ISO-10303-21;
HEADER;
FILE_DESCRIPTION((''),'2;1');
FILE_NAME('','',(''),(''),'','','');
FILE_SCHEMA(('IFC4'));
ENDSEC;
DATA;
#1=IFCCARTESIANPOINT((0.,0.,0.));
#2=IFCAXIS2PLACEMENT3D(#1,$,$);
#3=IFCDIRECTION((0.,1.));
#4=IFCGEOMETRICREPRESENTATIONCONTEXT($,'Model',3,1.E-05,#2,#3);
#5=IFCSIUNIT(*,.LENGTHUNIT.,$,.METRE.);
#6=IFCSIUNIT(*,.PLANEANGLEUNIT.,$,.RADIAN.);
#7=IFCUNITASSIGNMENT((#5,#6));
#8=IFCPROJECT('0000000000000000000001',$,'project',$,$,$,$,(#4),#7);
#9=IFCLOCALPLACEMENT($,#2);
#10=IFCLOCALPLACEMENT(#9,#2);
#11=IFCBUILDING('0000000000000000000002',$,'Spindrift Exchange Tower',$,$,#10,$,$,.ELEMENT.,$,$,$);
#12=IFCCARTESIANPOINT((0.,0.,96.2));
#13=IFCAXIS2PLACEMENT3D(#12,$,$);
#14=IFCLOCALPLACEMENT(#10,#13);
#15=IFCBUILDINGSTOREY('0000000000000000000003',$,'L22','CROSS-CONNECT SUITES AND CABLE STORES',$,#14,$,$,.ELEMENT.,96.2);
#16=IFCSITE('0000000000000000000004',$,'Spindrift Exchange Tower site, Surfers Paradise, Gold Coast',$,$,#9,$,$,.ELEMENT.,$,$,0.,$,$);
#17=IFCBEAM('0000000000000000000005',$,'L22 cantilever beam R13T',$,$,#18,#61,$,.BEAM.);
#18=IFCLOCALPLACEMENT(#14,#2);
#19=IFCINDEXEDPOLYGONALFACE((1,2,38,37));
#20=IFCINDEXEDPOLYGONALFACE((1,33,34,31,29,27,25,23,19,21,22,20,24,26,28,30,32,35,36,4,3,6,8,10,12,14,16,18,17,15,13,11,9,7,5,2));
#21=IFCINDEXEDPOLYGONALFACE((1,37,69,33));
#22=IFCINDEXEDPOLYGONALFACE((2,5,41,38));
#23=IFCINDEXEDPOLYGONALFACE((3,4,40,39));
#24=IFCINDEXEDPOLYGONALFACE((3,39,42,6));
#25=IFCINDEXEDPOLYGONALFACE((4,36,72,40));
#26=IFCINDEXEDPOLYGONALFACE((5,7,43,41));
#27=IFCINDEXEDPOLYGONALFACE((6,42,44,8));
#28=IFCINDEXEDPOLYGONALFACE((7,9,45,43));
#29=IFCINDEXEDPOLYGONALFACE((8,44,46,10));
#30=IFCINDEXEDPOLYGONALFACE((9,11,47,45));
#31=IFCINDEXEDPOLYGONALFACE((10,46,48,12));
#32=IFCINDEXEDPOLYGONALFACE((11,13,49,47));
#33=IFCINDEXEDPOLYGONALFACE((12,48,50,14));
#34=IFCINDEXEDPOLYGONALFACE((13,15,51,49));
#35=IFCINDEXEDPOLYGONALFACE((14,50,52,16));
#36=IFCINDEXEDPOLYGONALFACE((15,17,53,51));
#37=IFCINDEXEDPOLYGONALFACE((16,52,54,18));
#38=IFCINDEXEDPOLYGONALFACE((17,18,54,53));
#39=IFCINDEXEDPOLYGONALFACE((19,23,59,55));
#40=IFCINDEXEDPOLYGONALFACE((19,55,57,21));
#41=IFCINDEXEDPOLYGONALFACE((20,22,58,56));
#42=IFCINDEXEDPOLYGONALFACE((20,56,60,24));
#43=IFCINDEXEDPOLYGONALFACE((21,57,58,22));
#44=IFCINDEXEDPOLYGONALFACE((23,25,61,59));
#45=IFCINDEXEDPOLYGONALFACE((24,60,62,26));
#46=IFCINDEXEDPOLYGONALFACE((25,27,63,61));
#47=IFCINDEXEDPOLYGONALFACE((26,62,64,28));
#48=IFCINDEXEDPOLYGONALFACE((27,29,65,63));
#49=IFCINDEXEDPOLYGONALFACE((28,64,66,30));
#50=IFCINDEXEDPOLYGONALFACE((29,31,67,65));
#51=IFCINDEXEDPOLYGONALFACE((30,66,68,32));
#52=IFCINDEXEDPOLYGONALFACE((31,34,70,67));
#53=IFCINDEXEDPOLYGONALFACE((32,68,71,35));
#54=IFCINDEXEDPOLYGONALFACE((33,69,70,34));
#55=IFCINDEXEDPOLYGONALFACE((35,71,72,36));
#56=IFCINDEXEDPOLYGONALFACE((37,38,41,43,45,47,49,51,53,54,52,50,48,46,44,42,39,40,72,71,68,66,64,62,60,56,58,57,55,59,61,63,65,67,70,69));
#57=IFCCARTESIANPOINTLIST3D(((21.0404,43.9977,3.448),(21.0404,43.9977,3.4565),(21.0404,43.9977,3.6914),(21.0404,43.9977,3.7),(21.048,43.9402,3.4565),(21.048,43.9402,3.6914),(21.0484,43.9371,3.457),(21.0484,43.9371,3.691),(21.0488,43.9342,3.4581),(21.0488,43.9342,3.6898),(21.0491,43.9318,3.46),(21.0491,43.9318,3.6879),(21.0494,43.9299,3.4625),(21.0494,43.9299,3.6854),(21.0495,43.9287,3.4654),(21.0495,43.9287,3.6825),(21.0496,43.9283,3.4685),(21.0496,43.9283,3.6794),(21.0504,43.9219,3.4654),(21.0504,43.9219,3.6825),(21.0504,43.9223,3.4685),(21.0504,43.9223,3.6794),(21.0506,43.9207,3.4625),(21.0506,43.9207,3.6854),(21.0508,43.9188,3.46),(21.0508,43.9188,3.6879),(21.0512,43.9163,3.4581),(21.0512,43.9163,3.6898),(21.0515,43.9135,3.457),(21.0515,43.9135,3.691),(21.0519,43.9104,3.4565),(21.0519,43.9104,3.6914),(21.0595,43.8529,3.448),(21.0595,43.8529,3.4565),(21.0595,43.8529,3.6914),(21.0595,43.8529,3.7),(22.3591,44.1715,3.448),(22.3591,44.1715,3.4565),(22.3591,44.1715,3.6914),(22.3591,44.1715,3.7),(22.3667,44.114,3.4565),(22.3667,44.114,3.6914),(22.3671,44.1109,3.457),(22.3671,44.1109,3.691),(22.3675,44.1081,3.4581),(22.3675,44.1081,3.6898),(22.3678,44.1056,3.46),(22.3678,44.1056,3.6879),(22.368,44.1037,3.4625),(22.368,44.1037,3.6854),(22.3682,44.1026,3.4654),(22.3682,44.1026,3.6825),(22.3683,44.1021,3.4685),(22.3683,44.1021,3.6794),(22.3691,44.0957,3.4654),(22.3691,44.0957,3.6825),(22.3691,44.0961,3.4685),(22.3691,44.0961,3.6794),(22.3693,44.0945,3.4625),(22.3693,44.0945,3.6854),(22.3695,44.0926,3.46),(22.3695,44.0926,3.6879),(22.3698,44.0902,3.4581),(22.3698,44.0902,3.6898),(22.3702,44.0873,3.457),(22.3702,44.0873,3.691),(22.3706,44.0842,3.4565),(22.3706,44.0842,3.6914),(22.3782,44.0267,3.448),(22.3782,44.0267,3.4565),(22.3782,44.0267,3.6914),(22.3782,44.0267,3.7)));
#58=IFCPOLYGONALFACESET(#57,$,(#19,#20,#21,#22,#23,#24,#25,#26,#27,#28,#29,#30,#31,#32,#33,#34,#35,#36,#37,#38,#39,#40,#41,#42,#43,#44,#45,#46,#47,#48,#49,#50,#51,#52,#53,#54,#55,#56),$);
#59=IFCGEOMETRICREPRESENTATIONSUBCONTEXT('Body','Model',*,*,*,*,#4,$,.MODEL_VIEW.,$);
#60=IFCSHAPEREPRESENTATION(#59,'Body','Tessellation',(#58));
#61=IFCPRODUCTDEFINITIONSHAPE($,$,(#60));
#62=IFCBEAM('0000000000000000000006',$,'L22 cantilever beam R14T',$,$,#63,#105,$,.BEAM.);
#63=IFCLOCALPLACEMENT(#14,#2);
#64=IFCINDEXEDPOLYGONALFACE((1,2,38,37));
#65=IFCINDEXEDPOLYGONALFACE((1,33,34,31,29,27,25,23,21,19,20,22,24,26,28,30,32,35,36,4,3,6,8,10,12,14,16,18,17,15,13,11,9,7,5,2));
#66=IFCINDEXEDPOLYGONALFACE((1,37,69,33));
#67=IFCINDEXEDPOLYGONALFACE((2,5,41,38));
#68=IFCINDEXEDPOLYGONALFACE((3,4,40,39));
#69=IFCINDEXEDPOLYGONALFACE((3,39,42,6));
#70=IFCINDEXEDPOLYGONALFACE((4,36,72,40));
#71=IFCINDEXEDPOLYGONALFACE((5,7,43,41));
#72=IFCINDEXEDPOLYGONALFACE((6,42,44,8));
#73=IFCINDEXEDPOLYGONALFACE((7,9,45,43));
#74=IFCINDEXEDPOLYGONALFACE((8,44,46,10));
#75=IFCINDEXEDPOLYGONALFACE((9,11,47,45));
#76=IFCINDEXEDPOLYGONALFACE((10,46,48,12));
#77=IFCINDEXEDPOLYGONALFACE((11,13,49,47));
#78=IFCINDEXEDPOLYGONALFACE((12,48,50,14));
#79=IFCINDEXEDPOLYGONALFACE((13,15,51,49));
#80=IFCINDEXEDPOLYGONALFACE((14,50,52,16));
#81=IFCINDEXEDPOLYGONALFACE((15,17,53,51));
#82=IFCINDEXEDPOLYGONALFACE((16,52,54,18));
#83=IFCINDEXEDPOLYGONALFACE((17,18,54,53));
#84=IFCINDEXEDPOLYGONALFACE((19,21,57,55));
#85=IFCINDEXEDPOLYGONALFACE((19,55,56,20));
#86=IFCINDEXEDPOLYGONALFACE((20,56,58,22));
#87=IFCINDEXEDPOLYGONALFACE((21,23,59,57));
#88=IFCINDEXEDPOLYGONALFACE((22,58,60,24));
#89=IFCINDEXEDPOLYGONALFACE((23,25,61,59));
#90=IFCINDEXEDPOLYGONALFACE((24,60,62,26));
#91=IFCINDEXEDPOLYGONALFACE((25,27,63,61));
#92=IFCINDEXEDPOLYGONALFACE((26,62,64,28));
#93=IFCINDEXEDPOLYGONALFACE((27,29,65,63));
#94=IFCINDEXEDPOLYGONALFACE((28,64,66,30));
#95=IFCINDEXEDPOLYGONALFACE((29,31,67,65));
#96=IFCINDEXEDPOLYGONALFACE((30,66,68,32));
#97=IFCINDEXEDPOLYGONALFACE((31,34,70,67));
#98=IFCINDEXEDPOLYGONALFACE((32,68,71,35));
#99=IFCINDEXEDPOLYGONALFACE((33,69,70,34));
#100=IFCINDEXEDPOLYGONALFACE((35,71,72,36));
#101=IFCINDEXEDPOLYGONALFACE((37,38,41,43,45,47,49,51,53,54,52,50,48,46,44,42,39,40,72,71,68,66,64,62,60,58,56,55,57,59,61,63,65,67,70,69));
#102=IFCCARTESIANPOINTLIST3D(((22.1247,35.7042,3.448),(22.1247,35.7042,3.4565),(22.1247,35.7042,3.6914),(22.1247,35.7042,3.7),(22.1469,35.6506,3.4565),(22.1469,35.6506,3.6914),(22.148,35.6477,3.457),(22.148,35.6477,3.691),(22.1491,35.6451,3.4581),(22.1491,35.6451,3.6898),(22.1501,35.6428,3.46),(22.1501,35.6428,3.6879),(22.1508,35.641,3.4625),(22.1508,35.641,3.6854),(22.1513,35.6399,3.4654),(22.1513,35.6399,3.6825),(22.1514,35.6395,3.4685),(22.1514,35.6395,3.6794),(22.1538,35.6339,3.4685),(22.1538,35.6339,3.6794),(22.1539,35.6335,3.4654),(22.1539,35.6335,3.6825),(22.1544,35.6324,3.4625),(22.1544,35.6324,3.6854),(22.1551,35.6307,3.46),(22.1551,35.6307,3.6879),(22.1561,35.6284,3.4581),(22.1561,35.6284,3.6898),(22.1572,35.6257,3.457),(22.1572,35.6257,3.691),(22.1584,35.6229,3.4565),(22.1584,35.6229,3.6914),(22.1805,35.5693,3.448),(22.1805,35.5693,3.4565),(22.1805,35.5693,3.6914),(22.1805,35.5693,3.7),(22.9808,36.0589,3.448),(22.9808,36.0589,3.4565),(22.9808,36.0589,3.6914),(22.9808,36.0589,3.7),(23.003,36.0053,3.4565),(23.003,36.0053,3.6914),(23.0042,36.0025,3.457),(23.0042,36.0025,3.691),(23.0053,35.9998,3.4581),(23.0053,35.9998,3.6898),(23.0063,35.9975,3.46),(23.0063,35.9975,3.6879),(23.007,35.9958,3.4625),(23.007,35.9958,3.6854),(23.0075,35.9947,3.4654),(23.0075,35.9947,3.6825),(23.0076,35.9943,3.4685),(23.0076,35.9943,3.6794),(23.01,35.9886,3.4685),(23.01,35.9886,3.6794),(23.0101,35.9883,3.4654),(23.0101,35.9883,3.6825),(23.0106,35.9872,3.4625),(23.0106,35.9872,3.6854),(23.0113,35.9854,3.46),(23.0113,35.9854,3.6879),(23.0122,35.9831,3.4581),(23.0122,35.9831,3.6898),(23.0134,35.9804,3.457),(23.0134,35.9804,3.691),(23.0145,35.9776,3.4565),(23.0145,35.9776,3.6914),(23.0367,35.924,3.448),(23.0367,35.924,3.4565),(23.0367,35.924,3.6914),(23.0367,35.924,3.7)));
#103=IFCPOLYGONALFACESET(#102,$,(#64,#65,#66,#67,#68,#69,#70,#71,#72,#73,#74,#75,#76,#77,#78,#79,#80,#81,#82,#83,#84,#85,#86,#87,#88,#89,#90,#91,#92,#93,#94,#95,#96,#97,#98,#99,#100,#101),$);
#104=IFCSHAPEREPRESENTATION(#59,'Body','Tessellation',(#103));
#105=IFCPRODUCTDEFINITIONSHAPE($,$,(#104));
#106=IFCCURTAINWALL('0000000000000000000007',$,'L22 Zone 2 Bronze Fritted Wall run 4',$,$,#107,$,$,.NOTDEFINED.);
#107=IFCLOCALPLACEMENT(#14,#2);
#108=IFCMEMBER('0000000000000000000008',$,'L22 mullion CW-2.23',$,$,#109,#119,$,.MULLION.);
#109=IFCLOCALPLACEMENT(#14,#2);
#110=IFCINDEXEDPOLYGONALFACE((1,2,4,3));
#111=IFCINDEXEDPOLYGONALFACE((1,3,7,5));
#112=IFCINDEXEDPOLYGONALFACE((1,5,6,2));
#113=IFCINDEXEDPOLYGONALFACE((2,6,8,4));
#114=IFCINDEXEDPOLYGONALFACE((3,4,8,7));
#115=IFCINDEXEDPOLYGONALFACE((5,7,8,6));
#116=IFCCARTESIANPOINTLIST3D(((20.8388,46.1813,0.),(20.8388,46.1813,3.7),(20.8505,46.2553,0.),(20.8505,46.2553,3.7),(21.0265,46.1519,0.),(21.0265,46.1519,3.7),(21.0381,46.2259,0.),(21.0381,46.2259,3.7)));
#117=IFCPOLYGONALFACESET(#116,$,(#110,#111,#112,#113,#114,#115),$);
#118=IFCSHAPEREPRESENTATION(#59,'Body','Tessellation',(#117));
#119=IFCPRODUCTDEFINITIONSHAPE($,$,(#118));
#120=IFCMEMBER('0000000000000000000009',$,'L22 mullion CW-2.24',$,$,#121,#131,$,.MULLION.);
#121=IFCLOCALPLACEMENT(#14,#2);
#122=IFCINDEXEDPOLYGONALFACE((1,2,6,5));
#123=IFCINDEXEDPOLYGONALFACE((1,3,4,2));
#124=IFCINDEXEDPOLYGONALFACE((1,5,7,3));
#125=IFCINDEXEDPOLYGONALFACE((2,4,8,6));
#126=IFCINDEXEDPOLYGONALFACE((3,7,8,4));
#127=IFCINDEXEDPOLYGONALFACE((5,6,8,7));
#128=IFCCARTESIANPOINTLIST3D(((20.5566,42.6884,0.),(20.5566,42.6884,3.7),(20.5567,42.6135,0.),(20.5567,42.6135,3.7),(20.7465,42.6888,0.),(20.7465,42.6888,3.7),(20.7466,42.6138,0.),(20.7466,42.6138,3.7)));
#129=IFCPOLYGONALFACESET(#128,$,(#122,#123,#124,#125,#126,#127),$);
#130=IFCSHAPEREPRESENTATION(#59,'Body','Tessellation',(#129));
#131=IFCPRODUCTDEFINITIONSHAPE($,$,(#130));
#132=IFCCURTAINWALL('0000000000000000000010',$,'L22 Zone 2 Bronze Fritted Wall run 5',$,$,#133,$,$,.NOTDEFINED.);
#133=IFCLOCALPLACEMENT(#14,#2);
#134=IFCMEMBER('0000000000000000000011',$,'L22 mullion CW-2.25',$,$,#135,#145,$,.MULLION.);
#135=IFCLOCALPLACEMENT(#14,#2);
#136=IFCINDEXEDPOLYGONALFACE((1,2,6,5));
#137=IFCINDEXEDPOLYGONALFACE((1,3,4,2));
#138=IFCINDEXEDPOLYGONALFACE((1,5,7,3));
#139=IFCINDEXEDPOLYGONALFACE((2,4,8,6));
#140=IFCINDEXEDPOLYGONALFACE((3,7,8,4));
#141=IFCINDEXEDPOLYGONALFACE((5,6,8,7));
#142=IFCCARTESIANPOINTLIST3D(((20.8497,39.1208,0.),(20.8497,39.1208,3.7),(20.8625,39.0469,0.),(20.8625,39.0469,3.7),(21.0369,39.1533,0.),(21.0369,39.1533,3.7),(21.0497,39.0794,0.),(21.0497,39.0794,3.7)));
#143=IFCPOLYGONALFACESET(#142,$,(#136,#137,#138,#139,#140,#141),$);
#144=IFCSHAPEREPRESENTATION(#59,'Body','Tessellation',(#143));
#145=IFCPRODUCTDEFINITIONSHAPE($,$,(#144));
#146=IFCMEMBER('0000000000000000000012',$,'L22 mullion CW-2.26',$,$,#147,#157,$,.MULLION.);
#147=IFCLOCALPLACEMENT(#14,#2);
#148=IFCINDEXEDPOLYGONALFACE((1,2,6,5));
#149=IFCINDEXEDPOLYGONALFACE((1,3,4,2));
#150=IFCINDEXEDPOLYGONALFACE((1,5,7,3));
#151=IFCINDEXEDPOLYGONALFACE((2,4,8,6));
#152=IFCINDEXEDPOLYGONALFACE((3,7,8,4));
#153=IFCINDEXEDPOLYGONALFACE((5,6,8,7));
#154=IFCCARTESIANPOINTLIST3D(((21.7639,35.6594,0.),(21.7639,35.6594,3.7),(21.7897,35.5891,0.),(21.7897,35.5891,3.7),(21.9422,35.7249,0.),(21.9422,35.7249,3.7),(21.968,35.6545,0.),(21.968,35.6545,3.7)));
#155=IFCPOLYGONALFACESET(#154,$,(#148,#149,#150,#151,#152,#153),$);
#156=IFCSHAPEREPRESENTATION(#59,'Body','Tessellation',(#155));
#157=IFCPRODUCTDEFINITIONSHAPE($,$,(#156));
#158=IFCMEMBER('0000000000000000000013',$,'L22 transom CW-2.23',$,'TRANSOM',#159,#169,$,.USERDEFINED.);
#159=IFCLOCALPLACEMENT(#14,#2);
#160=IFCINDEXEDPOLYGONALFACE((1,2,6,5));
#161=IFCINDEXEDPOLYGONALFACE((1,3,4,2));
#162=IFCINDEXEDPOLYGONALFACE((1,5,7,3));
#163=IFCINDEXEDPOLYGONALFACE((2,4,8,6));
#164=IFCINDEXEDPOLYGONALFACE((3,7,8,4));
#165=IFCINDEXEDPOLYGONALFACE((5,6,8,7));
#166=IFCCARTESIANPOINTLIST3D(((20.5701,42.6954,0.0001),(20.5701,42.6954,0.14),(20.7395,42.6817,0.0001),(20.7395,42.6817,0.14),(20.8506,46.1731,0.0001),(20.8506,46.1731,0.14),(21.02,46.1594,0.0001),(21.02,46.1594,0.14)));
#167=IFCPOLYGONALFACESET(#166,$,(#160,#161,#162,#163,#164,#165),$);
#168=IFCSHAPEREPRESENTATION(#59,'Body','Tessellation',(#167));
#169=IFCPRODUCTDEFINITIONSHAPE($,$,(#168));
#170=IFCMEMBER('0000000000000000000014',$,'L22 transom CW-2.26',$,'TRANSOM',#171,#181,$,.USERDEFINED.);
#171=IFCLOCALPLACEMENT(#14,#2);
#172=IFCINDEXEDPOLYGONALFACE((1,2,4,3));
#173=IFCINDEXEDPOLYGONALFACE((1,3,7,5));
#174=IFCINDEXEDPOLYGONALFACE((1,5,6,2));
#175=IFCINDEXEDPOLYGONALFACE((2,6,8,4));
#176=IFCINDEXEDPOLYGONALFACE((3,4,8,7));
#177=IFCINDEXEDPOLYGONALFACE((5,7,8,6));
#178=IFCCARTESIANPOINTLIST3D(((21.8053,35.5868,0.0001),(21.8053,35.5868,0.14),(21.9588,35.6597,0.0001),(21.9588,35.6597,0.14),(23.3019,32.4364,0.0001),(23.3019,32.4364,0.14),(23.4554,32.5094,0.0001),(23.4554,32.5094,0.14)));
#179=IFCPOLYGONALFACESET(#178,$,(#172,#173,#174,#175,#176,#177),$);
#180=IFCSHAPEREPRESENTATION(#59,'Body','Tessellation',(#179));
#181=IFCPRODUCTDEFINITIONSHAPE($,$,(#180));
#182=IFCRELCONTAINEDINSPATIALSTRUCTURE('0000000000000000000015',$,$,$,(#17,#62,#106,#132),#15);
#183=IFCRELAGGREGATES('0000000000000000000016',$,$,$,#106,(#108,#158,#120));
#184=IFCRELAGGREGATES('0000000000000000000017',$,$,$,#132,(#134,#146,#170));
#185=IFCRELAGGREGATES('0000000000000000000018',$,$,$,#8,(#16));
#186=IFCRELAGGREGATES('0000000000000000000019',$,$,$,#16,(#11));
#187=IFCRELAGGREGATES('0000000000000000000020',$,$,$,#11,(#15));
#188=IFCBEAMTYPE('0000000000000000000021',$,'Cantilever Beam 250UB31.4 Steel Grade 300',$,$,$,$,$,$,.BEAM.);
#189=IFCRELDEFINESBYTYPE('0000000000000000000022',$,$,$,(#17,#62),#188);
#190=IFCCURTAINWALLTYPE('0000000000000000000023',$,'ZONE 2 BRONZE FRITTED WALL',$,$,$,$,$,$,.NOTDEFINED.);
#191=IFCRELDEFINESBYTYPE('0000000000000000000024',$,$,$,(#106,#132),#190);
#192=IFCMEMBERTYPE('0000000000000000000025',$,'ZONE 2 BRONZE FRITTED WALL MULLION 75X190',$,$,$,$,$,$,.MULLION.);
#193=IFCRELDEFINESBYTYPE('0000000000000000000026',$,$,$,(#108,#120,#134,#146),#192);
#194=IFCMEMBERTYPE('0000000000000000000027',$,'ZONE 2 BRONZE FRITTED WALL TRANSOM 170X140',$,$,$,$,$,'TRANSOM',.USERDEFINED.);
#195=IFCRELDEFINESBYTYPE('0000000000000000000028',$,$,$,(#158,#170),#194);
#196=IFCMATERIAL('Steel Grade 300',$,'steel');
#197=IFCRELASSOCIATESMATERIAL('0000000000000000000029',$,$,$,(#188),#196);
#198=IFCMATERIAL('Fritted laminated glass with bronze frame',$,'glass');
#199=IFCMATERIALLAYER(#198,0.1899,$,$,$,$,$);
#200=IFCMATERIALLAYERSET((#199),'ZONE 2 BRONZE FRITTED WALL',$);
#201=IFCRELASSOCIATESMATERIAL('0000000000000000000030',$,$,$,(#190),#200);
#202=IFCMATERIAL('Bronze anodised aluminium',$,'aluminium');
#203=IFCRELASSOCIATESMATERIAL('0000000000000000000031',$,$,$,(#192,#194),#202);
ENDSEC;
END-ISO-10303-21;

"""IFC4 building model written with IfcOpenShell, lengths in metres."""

from ifc_helpers import new_model, si_unit, direction, frame, origin, origin_2d, place, context, subcontext, project, spatial, rectangle, i_section, extrude, source, transform, mapped, material, layer, layer_set, material_profile, profile_set, type_object, element, aggregate, save


model = new_model("IFC4")

# Units and contexts
model_context = context("Model", 3, precision=1e-05, world=origin(), true_north=direction((0.0, 1.0)))
body_context = subcontext(model_context, "Body", "Model", "MODEL_VIEW")
ifc_project = project(units=[si_unit("LENGTHUNIT", "METRE"), si_unit("PLANEANGLEUNIT", "RADIAN")], contexts=[model_context])

# Site, building, storey
site_placement = place(None, origin())
site = spatial("IfcSite", under=ifc_project, at=site_placement, Name="Spindrift Exchange Tower site, Surfers Paradise, Gold Coast", CompositionType="ELEMENT", RefElevation=0.0)
building_placement = place(site_placement, origin())
building = spatial("IfcBuilding", under=site, at=building_placement, Name="Spindrift Exchange Tower", CompositionType="ELEMENT")
storey_placement = place(building_placement, frame((0.0, 0.0, 96.2)))
storey = spatial("IfcBuildingStorey", under=building, at=storey_placement, Name="L22", Description="CROSS-CONNECT SUITES AND CABLE STORES", CompositionType="ELEMENT", Elevation=96.2)

# Beams
ifc_material_1 = material(Name="Steel Grade 300", Category="steel")
ifc_material_profile_1 = material_profile(ifc_material_1, i_section(OverallWidth=0.146, OverallDepth=0.252, WebThickness=0.0061, FlangeThickness=0.0085, FilletRadius=0.012, at=origin_2d()), Name="250UB31.4")
ifc_profile_set_1 = profile_set([ifc_material_profile_1], Name="Steel Grade 300")
beam_type_1 = type_object("IfcBeamType", Name="Cantilever Beam 250UB31.4 Steel Grade 300", PredefinedType="BEAM", material=ifc_profile_set_1)
shared_shape_1 = source(origin(), body_context, "Body", "SweptSolid", [
    extrude(i_section(OverallWidth=0.146, OverallDepth=0.252, WebThickness=0.0061, FlangeThickness=0.0085, FilletRadius=0.012, at=origin_2d()), origin(), (0.0, 0.0, 1.0), 1.3301),
])
beam_1_placement = place(storey_placement, frame((22.3687, 44.0991, 3.574), z_axis=(-0.991422, -0.130697, 0.0), x_axis=(0.130697, -0.991422, 0.0)))
element("IfcBeam", 1, at=beam_1_placement, inside=storey, type_object=beam_type_1, Name="L22 cantilever beam R13T", PredefinedType="BEAM", context=body_context, shape_type="MappedRepresentation", body=[
    mapped(shared_shape_1, transform((0.0, 0.0, 0.0), scale=1.0)),
])
shared_shape_2 = source(origin(), body_context, "Body", "SweptSolid", [
    extrude(i_section(OverallWidth=0.146, OverallDepth=0.252, WebThickness=0.0061, FlangeThickness=0.0085, FilletRadius=0.012, at=origin_2d()), origin(), (0.0, 0.0, 1.0), 0.9268),
])
beam_2_placement = place(storey_placement, frame((23.0088, 35.9915, 3.574), z_axis=(-0.923847, -0.382763, 0.0), x_axis=(0.382763, -0.923847, 0.0)))
element("IfcBeam", 2, at=beam_2_placement, inside=storey, type_object=beam_type_1, Name="L22 cantilever beam R14T", PredefinedType="BEAM", context=body_context, shape_type="MappedRepresentation", body=[
    mapped(shared_shape_2, transform((0.0, 0.0, 0.0), scale=1.0)),
])

# Curtain walls, members
ifc_material_2 = material(Name="Fritted laminated glass with bronze frame", Category="glass")
ifc_layer_1 = layer(ifc_material_2, 0.1899)
ifc_layer_set_1 = layer_set([ifc_layer_1], Name="ZONE 2 BRONZE FRITTED WALL")
curtain_wall_type = type_object("IfcCurtainWallType", Name="ZONE 2 BRONZE FRITTED WALL", PredefinedType="NOTDEFINED", material=ifc_layer_set_1)
curtain_wall_1_placement = place(storey_placement, origin())
curtain_wall_1 = element("IfcCurtainWall", 3, at=curtain_wall_1_placement, inside=storey, type_object=curtain_wall_type, Name="L22 Zone 2 Bronze Fritted Wall run 4", PredefinedType="NOTDEFINED")
ifc_material_3 = material(Name="Bronze anodised aluminium", Category="aluminium")
ifc_material_profile_2 = material_profile(ifc_material_3, rectangle(XDim=0.075, YDim=0.1899, at=origin_2d()), Name="ZONE 2 BRONZE FRITTED WALL MULLION 75X190")
ifc_profile_set_2 = profile_set([ifc_material_profile_2], Name="Bronze anodised aluminium")
member_type_1 = type_object("IfcMemberType", Name="ZONE 2 BRONZE FRITTED WALL MULLION 75X190", PredefinedType="MULLION", material=ifc_profile_set_2)
shared_shape_3 = source(origin(), body_context, "Body", "SweptSolid", [
    extrude(rectangle(XDim=0.075, YDim=0.1899, at=origin_2d()), origin(), (0.0, 0.0, 1.0), 3.7),
])
member_1_placement = place(storey_placement, frame((20.9385, 46.2036, 0.0), z_axis=(0.0, 0.0, 1.0), x_axis=(-0.154858, -0.987937, 0.0)))
member_1 = element("IfcMember", 4, at=member_1_placement, type_object=member_type_1, Name="L22 mullion CW-2.23", PredefinedType="MULLION", context=body_context, shape_type="MappedRepresentation", body=[
    mapped(shared_shape_3, transform((0.0, 0.0, 0.0), scale=1.0)),
])
member_2_placement = place(storey_placement, frame((20.6516, 42.6511, 0.0), z_axis=(0.0, 0.0, 1.0), x_axis=(0.001597, -0.999999, 0.0)))
member_2 = element("IfcMember", 5, at=member_2_placement, type_object=member_type_1, Name="L22 mullion CW-2.24", PredefinedType="MULLION", context=body_context, shape_type="MappedRepresentation", body=[
    mapped(shared_shape_3, transform((0.0, 0.0, 0.0), scale=1.0)),
])
curtain_wall_2_placement = place(storey_placement, origin())
curtain_wall_2 = element("IfcCurtainWall", 6, at=curtain_wall_2_placement, inside=storey, type_object=curtain_wall_type, Name="L22 Zone 2 Bronze Fritted Wall run 5", PredefinedType="NOTDEFINED")
member_3_placement = place(storey_placement, frame((20.9497, 39.1001, 0.0), z_axis=(0.0, 0.0, 1.0), x_axis=(0.171069, -0.985259, 0.0)))
member_3 = element("IfcMember", 7, at=member_3_placement, type_object=member_type_1, Name="L22 mullion CW-2.25", PredefinedType="MULLION", context=body_context, shape_type="MappedRepresentation", body=[
    mapped(shared_shape_3, transform((0.0, 0.0, 0.0), scale=1.0)),
])
member_4_placement = place(storey_placement, frame((21.866, 35.657, 0.0), z_axis=(0.0, 0.0, 1.0), x_axis=(0.344584, -0.938755, 0.0)))
member_4 = element("IfcMember", 8, at=member_4_placement, type_object=member_type_1, Name="L22 mullion CW-2.26", PredefinedType="MULLION", context=body_context, shape_type="MappedRepresentation", body=[
    mapped(shared_shape_3, transform((0.0, 0.0, 0.0), scale=1.0)),
])

# Members
ifc_material_profile_3 = material_profile(ifc_material_3, rectangle(XDim=0.1699, YDim=0.1399, at=origin_2d()), Name="ZONE 2 BRONZE FRITTED WALL TRANSOM 170X140")
ifc_profile_set_3 = profile_set([ifc_material_profile_3], Name="Bronze anodised aluminium")
member_type_2 = type_object("IfcMemberType", Name="ZONE 2 BRONZE FRITTED WALL TRANSOM 170X140", ElementType="TRANSOM", PredefinedType="USERDEFINED", material=ifc_profile_set_3)
shared_shape_4 = source(origin(), body_context, "Body", "SweptSolid", [
    extrude(rectangle(XDim=0.1699, YDim=0.1399, at=origin_2d()), origin(), (0.0, 0.0, 1.0), 3.489),
])
member_5_placement = place(storey_placement, frame((20.9353, 46.1663, 0.0701), z_axis=(-0.080399, -0.996763, 0.0), x_axis=(0.996763, -0.080399, 0.0)))
member_5 = element("IfcMember", 9, at=member_5_placement, type_object=member_type_2, Name="L22 transom CW-2.23", ObjectType="TRANSOM", PredefinedType="USERDEFINED", context=body_context, shape_type="MappedRepresentation", body=[
    mapped(shared_shape_4, transform((0.0, 0.0, 0.0), scale=1.0)),
])
shared_shape_5 = source(origin(), body_context, "Body", "SweptSolid", [
    extrude(rectangle(XDim=0.1699, YDim=0.1399, at=origin_2d()), origin(), (0.0, 0.0, 1.0), 3.4878),
])
member_6_placement = place(storey_placement, frame((21.8821, 35.6233, 0.0701), z_axis=(0.429091, -0.903261, 0.0), x_axis=(0.903261, 0.429091, 0.0)))
member_6 = element("IfcMember", 10, at=member_6_placement, type_object=member_type_2, Name="L22 transom CW-2.26", ObjectType="TRANSOM", PredefinedType="USERDEFINED", context=body_context, shape_type="MappedRepresentation", body=[
    mapped(shared_shape_5, transform((0.0, 0.0, 0.0), scale=1.0)),
])

aggregate(curtain_wall_1, [member_1, member_5, member_2])
aggregate(curtain_wall_2, [member_3, member_4, member_6])

save(model, "model.ifc")
